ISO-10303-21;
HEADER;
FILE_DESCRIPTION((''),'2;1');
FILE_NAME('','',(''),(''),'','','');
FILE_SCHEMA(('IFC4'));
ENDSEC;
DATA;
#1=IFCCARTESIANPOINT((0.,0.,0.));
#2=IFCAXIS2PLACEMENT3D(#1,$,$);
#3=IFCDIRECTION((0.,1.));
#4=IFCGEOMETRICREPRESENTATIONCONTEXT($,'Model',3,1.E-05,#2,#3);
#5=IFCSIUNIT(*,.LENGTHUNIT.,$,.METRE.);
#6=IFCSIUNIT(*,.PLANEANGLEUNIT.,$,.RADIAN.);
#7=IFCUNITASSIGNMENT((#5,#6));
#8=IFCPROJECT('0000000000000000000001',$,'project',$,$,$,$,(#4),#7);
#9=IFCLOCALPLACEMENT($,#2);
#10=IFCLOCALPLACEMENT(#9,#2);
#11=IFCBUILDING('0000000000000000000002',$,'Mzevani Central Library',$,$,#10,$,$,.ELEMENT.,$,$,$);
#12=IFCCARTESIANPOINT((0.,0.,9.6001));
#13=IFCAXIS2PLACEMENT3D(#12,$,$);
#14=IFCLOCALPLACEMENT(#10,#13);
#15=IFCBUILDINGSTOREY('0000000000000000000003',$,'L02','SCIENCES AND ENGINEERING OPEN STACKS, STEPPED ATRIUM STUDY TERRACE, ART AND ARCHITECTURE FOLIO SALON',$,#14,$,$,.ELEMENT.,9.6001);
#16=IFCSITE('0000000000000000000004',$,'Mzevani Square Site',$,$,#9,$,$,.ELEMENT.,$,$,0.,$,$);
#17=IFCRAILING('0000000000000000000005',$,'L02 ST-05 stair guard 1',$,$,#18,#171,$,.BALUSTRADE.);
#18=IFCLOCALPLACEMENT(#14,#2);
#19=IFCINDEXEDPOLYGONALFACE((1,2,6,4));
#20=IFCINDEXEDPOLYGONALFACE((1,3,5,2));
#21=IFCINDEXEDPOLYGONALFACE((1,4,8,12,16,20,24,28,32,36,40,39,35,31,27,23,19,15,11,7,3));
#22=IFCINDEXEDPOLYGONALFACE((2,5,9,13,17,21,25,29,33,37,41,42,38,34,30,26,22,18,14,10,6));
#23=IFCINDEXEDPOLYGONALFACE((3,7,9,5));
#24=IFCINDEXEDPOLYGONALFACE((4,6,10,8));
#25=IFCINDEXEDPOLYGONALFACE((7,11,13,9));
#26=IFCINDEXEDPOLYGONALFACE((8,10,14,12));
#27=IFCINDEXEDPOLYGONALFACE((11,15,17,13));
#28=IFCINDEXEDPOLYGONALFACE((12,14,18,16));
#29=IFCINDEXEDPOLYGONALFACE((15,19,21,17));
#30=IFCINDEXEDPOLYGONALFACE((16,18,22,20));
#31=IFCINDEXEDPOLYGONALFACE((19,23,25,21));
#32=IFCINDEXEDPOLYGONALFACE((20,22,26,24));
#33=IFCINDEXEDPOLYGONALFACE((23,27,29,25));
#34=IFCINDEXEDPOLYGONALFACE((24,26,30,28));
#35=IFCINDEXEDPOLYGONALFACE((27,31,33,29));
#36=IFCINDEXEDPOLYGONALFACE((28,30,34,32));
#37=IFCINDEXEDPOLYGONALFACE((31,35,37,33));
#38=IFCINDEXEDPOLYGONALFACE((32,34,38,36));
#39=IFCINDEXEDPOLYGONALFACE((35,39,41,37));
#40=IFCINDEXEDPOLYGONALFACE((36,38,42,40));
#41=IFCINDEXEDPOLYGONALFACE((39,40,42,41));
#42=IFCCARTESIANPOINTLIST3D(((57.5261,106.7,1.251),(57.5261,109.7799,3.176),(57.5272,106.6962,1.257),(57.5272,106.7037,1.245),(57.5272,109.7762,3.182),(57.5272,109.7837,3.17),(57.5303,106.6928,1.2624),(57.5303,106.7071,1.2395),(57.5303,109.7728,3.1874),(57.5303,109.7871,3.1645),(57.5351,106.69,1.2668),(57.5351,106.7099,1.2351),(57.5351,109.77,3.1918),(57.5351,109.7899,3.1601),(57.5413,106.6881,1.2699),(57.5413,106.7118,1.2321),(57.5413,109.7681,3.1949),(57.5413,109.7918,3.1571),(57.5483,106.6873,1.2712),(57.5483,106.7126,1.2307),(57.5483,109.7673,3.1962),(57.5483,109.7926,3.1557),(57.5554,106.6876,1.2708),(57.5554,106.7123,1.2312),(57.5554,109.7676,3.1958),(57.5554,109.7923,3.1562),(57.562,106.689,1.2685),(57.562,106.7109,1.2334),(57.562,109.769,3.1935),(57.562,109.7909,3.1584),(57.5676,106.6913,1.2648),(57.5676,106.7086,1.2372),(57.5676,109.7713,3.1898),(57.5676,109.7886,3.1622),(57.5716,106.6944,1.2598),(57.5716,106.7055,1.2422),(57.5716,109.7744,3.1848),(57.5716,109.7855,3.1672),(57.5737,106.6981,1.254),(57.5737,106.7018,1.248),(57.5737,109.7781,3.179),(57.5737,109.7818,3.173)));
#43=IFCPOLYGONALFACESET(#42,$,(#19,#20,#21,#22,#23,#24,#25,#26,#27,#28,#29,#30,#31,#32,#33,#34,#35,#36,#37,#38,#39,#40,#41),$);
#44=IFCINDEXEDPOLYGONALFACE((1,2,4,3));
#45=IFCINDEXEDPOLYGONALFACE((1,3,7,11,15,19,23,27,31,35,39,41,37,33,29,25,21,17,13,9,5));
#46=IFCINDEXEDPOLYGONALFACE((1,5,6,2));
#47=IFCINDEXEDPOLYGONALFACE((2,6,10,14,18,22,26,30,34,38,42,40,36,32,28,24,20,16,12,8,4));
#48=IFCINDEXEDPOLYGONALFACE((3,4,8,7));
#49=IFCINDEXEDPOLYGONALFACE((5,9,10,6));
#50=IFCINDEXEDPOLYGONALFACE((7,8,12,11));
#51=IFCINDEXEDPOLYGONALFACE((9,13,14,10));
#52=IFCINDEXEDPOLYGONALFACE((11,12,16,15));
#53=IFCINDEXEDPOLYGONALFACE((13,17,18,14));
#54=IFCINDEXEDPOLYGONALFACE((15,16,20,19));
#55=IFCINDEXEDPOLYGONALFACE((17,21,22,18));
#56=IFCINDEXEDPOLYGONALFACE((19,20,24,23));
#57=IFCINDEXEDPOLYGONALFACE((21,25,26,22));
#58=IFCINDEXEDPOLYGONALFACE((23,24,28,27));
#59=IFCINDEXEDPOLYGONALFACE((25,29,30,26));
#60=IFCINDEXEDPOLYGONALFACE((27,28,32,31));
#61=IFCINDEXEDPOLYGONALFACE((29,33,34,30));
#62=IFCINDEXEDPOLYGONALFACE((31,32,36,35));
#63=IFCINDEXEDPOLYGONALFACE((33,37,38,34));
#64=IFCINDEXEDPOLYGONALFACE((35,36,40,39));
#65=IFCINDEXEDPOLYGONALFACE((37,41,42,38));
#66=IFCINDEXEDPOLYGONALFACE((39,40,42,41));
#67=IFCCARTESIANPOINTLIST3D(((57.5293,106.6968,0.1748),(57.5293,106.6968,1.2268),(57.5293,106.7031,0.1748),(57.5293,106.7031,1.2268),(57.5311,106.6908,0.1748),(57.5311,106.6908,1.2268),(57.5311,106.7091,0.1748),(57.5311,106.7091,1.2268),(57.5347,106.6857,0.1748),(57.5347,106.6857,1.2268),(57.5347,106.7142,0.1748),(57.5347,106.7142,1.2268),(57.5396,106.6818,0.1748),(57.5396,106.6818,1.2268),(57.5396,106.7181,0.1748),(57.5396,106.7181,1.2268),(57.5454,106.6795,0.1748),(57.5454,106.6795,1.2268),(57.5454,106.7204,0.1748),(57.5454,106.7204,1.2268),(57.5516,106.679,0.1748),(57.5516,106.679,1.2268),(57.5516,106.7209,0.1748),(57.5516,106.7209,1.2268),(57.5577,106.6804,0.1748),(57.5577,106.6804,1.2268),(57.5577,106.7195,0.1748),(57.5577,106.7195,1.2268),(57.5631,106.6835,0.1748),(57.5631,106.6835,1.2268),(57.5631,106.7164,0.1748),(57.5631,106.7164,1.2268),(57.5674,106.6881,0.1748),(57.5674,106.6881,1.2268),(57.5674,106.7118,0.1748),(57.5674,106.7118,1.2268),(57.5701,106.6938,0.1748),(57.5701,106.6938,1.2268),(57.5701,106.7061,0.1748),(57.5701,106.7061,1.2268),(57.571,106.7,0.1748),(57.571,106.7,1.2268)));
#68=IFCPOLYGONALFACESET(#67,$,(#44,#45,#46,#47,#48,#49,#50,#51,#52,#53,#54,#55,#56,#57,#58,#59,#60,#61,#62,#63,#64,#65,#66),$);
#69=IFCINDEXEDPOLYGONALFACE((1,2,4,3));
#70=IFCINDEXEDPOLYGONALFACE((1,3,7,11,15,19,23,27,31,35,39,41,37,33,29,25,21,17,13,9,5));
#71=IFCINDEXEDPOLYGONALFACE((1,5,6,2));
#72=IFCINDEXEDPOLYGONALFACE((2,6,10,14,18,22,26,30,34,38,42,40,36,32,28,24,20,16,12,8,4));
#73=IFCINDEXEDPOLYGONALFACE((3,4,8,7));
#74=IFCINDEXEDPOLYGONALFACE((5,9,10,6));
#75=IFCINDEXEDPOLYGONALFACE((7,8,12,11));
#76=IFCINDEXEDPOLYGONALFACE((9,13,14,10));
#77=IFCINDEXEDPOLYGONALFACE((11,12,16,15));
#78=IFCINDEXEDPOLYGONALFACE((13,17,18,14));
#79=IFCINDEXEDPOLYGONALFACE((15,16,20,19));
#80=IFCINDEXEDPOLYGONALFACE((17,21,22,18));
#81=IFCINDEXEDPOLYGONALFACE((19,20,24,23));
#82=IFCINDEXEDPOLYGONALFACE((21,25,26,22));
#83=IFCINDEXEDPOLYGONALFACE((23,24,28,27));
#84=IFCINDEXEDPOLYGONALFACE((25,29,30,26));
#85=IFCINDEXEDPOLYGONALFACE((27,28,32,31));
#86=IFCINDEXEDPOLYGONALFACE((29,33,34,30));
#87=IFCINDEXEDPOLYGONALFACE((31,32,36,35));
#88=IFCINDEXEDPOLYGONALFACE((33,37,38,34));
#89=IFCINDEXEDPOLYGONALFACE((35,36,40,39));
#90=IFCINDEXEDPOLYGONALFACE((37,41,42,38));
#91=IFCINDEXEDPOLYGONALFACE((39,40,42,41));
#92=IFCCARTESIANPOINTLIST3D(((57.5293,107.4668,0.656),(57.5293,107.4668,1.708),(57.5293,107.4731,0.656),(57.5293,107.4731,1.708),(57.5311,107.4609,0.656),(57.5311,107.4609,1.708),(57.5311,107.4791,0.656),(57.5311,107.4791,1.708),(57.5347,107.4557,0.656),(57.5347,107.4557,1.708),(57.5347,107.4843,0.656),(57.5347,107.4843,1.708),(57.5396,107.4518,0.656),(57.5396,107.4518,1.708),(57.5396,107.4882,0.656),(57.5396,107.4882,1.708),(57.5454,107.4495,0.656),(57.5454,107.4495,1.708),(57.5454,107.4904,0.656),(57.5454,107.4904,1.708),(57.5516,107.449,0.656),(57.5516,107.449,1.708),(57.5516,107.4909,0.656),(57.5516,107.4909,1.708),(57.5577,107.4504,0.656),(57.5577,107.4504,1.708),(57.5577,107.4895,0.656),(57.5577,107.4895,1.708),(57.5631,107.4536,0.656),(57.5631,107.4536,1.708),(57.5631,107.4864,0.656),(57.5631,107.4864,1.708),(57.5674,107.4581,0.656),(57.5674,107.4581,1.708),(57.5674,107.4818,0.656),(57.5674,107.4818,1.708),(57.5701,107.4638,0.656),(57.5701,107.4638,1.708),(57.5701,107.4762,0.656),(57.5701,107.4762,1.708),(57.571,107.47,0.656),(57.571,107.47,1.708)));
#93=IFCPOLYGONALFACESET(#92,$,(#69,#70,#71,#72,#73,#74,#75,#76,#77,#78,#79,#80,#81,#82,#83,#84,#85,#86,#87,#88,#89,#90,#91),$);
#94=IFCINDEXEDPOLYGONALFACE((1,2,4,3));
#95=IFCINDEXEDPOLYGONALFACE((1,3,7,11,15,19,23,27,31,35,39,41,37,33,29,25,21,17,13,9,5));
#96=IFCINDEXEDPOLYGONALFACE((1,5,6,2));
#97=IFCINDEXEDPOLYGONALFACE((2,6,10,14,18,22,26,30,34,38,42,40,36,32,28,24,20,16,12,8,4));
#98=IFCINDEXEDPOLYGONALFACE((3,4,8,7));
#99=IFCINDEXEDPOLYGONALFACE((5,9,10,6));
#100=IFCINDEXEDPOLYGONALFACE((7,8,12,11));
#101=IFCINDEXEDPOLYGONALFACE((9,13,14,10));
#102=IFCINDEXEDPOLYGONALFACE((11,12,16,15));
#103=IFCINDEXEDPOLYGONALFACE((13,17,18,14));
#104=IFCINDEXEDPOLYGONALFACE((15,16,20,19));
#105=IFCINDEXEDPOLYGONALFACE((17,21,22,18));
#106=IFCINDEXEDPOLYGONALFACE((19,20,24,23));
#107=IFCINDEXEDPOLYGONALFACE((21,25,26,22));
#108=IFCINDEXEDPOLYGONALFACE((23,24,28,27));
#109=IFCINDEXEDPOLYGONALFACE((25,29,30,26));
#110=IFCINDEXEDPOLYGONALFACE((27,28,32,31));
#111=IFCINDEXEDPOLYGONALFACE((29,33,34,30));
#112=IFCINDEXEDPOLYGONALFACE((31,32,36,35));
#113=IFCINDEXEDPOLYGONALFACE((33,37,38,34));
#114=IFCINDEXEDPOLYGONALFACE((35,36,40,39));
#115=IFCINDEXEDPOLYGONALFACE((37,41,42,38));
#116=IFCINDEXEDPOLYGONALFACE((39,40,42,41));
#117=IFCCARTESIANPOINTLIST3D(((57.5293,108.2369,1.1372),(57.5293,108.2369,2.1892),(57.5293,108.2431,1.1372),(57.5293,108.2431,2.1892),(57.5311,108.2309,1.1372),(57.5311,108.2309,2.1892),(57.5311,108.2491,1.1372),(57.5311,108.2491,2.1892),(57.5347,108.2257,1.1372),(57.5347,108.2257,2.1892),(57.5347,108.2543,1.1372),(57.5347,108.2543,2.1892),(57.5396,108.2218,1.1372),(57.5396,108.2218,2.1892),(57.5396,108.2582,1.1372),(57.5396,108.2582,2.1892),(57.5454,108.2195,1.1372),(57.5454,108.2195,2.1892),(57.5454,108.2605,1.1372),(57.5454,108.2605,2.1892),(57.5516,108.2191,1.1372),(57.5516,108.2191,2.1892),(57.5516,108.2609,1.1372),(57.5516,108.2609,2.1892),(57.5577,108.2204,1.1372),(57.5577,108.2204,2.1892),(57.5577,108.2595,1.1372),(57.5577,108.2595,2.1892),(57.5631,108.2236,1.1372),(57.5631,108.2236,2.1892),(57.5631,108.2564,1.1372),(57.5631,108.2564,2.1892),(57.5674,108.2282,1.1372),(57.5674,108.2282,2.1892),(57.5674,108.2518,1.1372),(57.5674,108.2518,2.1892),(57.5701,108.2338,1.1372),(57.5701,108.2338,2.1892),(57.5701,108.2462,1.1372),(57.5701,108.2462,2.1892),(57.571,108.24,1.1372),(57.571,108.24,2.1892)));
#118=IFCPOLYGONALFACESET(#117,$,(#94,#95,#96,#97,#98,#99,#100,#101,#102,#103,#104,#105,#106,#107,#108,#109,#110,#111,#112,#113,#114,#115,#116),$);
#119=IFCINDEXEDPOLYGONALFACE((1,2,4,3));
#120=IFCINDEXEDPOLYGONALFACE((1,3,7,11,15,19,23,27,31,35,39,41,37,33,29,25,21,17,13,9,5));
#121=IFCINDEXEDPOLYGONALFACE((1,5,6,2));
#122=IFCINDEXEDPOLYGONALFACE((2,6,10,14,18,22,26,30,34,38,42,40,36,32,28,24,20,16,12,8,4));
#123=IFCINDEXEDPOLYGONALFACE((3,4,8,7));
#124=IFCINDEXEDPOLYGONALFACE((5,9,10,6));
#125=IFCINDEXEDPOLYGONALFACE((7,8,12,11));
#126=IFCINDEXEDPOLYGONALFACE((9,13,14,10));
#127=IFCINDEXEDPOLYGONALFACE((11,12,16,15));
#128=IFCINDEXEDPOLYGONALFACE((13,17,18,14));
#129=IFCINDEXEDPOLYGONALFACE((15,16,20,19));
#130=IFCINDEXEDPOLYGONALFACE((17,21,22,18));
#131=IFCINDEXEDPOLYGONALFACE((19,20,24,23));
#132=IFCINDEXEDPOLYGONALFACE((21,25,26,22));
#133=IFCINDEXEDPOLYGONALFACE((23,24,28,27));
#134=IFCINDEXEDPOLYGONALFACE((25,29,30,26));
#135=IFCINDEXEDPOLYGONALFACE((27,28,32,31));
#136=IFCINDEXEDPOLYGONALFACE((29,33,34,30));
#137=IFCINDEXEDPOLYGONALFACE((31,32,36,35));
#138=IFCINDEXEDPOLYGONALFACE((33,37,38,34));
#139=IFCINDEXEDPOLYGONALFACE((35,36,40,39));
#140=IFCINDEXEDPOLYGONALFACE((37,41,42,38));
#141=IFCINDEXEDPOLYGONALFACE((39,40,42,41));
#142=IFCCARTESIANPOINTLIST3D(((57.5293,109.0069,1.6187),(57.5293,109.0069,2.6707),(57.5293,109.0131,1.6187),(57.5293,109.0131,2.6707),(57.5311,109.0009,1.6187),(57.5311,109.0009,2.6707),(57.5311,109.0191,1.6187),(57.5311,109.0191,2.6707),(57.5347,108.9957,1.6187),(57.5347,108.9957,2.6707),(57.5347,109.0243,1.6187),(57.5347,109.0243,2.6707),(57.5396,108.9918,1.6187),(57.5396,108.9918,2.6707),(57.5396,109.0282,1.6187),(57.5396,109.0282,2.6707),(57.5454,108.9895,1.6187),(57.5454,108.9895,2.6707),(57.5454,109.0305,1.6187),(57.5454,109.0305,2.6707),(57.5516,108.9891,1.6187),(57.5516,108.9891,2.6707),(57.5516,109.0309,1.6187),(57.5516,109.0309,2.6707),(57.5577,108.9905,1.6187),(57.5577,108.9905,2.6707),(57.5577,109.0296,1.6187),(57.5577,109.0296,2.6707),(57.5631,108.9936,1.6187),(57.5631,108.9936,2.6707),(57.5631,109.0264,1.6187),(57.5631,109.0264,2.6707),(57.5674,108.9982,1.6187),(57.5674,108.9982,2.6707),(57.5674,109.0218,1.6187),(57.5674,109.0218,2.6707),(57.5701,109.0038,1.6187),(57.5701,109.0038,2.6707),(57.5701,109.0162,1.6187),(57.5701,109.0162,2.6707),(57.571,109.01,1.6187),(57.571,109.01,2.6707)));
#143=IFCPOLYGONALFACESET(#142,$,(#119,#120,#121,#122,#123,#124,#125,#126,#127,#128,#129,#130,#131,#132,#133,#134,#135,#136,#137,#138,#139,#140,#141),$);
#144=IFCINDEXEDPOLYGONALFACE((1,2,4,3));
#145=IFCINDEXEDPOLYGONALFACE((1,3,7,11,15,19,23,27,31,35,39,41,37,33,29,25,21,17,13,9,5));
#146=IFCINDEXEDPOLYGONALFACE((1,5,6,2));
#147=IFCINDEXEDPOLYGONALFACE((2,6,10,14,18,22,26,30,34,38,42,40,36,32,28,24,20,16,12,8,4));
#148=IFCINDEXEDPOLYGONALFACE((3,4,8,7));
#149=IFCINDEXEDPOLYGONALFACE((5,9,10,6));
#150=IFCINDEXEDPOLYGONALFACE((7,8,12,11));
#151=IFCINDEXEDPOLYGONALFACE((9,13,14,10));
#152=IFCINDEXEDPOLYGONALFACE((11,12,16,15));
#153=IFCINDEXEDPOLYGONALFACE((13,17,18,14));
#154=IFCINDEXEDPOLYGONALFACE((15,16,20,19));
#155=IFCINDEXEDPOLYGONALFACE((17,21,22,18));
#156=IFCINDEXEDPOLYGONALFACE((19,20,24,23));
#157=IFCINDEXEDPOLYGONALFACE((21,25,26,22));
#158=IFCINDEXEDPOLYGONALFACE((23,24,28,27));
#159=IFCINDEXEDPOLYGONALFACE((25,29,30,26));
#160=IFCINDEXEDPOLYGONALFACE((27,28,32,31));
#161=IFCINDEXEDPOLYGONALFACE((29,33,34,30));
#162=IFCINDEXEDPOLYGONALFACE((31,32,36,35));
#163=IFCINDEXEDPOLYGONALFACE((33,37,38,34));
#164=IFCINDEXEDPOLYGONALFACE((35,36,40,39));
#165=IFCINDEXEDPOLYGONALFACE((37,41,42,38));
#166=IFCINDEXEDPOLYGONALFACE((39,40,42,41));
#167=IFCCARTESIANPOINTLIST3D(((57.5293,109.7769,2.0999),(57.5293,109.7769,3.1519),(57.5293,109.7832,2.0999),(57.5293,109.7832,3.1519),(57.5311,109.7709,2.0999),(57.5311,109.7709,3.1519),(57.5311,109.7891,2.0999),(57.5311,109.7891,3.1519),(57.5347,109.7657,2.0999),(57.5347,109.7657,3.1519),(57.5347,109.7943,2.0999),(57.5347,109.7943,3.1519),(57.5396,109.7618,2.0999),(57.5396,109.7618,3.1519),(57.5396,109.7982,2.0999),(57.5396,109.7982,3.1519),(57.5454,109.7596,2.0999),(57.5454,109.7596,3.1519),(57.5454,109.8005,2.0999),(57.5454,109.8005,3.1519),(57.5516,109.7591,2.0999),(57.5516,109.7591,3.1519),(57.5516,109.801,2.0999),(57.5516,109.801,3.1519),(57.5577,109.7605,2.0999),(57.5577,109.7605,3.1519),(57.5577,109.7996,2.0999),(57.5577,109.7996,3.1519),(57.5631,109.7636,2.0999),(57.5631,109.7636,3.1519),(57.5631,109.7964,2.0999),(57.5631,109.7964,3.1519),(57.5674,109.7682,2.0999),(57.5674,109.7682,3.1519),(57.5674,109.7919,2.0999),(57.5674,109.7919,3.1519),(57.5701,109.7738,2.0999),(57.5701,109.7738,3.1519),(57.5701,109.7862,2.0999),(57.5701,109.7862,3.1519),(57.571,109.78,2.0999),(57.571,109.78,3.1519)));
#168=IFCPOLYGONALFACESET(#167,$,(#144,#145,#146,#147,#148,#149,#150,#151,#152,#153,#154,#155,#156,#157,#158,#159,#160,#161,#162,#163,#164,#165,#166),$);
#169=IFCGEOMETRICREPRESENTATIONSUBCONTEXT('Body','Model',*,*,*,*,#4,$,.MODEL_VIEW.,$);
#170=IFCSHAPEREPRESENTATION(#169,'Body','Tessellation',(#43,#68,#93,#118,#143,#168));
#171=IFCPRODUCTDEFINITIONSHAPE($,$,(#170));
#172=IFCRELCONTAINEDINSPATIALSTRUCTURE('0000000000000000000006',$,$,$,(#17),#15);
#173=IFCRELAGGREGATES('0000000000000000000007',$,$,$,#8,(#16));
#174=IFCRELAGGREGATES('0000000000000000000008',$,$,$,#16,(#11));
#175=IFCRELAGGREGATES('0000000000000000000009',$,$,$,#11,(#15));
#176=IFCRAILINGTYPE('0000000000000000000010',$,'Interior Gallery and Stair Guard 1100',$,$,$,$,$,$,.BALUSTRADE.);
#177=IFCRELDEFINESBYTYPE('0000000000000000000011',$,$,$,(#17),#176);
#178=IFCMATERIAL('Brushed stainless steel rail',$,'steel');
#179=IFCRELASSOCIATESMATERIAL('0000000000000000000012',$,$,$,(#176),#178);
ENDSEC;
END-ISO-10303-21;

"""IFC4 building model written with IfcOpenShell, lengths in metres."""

from ifc_helpers import new_model, si_unit, direction, frame, origin, origin_2d, place, context, subcontext, project, spatial, circle, extrude, material, type_object, element, save


model = new_model("IFC4")

# Units and contexts
model_context = context("Model", 3, precision=1e-05, world=origin(), true_north=direction((0.0, 1.0)))
body_context = subcontext(model_context, "Body", "Model", "MODEL_VIEW")
ifc_project = project(units=[si_unit("LENGTHUNIT", "METRE"), si_unit("PLANEANGLEUNIT", "RADIAN")], contexts=[model_context])

# Site, building, storey
site_placement = place(None, origin())
site = spatial("IfcSite", under=ifc_project, at=site_placement, Name="Mzevani Square Site", CompositionType="ELEMENT", RefElevation=0.0)
building_placement = place(site_placement, origin())
building = spatial("IfcBuilding", under=site, at=building_placement, Name="Mzevani Central Library", CompositionType="ELEMENT")
storey_placement = place(building_placement, frame((0.0, 0.0, 9.6001)))
storey = spatial("IfcBuildingStorey", under=building, at=storey_placement, Name="L02", Description="SCIENCES AND ENGINEERING OPEN STACKS, STEPPED ATRIUM STUDY TERRACE, ART AND ARCHITECTURE FOLIO SALON", CompositionType="ELEMENT", Elevation=9.6001)

# Railing
ifc_material_1 = material(Name="Brushed stainless steel rail", Category="steel")
railing_type_1 = type_object("IfcRailingType", Name="Interior Gallery and Stair Guard 1100", PredefinedType="BALUSTRADE", material=ifc_material_1)
railing_1_placement = place(storey_placement, frame((57.55, 106.7, 0.1748)))
element("IfcRailing", 1, at=railing_1_placement, inside=storey, type_object=railing_type_1, Name="L02 ST-05 stair guard 1", PredefinedType="BALUSTRADE", context=body_context, shape_type="SweptSolid", body=[
    extrude(circle(Radius=0.0239, at=origin_2d()), frame((0.0, 0.0, 1.0762), z_axis=(0.0, 0.847998, 0.529999), x_axis=(-1.0, 0.0, 0.0)), (0.0, 0.0, 1.0), 3.6321),
    extrude(circle(Radius=0.021, at=origin_2d()), origin(), (0.0, 0.0, 1.0), 1.052),
    extrude(circle(Radius=0.021, at=origin_2d()), frame((0.0, 0.77, 0.4812)), (0.0, 0.0, 1.0), 1.052),
    extrude(circle(Radius=0.021, at=origin_2d()), frame((0.0, 1.54, 0.9624)), (0.0, 0.0, 1.0), 1.052),
    extrude(circle(Radius=0.021, at=origin_2d()), frame((0.0, 2.3101, 1.4438)), (0.0, 0.0, 1.0), 1.052),
    extrude(circle(Radius=0.021, at=origin_2d()), frame((0.0, 3.0801, 1.925)), (0.0, 0.0, 1.0), 1.052),
])

save(model, "model.ifc")
